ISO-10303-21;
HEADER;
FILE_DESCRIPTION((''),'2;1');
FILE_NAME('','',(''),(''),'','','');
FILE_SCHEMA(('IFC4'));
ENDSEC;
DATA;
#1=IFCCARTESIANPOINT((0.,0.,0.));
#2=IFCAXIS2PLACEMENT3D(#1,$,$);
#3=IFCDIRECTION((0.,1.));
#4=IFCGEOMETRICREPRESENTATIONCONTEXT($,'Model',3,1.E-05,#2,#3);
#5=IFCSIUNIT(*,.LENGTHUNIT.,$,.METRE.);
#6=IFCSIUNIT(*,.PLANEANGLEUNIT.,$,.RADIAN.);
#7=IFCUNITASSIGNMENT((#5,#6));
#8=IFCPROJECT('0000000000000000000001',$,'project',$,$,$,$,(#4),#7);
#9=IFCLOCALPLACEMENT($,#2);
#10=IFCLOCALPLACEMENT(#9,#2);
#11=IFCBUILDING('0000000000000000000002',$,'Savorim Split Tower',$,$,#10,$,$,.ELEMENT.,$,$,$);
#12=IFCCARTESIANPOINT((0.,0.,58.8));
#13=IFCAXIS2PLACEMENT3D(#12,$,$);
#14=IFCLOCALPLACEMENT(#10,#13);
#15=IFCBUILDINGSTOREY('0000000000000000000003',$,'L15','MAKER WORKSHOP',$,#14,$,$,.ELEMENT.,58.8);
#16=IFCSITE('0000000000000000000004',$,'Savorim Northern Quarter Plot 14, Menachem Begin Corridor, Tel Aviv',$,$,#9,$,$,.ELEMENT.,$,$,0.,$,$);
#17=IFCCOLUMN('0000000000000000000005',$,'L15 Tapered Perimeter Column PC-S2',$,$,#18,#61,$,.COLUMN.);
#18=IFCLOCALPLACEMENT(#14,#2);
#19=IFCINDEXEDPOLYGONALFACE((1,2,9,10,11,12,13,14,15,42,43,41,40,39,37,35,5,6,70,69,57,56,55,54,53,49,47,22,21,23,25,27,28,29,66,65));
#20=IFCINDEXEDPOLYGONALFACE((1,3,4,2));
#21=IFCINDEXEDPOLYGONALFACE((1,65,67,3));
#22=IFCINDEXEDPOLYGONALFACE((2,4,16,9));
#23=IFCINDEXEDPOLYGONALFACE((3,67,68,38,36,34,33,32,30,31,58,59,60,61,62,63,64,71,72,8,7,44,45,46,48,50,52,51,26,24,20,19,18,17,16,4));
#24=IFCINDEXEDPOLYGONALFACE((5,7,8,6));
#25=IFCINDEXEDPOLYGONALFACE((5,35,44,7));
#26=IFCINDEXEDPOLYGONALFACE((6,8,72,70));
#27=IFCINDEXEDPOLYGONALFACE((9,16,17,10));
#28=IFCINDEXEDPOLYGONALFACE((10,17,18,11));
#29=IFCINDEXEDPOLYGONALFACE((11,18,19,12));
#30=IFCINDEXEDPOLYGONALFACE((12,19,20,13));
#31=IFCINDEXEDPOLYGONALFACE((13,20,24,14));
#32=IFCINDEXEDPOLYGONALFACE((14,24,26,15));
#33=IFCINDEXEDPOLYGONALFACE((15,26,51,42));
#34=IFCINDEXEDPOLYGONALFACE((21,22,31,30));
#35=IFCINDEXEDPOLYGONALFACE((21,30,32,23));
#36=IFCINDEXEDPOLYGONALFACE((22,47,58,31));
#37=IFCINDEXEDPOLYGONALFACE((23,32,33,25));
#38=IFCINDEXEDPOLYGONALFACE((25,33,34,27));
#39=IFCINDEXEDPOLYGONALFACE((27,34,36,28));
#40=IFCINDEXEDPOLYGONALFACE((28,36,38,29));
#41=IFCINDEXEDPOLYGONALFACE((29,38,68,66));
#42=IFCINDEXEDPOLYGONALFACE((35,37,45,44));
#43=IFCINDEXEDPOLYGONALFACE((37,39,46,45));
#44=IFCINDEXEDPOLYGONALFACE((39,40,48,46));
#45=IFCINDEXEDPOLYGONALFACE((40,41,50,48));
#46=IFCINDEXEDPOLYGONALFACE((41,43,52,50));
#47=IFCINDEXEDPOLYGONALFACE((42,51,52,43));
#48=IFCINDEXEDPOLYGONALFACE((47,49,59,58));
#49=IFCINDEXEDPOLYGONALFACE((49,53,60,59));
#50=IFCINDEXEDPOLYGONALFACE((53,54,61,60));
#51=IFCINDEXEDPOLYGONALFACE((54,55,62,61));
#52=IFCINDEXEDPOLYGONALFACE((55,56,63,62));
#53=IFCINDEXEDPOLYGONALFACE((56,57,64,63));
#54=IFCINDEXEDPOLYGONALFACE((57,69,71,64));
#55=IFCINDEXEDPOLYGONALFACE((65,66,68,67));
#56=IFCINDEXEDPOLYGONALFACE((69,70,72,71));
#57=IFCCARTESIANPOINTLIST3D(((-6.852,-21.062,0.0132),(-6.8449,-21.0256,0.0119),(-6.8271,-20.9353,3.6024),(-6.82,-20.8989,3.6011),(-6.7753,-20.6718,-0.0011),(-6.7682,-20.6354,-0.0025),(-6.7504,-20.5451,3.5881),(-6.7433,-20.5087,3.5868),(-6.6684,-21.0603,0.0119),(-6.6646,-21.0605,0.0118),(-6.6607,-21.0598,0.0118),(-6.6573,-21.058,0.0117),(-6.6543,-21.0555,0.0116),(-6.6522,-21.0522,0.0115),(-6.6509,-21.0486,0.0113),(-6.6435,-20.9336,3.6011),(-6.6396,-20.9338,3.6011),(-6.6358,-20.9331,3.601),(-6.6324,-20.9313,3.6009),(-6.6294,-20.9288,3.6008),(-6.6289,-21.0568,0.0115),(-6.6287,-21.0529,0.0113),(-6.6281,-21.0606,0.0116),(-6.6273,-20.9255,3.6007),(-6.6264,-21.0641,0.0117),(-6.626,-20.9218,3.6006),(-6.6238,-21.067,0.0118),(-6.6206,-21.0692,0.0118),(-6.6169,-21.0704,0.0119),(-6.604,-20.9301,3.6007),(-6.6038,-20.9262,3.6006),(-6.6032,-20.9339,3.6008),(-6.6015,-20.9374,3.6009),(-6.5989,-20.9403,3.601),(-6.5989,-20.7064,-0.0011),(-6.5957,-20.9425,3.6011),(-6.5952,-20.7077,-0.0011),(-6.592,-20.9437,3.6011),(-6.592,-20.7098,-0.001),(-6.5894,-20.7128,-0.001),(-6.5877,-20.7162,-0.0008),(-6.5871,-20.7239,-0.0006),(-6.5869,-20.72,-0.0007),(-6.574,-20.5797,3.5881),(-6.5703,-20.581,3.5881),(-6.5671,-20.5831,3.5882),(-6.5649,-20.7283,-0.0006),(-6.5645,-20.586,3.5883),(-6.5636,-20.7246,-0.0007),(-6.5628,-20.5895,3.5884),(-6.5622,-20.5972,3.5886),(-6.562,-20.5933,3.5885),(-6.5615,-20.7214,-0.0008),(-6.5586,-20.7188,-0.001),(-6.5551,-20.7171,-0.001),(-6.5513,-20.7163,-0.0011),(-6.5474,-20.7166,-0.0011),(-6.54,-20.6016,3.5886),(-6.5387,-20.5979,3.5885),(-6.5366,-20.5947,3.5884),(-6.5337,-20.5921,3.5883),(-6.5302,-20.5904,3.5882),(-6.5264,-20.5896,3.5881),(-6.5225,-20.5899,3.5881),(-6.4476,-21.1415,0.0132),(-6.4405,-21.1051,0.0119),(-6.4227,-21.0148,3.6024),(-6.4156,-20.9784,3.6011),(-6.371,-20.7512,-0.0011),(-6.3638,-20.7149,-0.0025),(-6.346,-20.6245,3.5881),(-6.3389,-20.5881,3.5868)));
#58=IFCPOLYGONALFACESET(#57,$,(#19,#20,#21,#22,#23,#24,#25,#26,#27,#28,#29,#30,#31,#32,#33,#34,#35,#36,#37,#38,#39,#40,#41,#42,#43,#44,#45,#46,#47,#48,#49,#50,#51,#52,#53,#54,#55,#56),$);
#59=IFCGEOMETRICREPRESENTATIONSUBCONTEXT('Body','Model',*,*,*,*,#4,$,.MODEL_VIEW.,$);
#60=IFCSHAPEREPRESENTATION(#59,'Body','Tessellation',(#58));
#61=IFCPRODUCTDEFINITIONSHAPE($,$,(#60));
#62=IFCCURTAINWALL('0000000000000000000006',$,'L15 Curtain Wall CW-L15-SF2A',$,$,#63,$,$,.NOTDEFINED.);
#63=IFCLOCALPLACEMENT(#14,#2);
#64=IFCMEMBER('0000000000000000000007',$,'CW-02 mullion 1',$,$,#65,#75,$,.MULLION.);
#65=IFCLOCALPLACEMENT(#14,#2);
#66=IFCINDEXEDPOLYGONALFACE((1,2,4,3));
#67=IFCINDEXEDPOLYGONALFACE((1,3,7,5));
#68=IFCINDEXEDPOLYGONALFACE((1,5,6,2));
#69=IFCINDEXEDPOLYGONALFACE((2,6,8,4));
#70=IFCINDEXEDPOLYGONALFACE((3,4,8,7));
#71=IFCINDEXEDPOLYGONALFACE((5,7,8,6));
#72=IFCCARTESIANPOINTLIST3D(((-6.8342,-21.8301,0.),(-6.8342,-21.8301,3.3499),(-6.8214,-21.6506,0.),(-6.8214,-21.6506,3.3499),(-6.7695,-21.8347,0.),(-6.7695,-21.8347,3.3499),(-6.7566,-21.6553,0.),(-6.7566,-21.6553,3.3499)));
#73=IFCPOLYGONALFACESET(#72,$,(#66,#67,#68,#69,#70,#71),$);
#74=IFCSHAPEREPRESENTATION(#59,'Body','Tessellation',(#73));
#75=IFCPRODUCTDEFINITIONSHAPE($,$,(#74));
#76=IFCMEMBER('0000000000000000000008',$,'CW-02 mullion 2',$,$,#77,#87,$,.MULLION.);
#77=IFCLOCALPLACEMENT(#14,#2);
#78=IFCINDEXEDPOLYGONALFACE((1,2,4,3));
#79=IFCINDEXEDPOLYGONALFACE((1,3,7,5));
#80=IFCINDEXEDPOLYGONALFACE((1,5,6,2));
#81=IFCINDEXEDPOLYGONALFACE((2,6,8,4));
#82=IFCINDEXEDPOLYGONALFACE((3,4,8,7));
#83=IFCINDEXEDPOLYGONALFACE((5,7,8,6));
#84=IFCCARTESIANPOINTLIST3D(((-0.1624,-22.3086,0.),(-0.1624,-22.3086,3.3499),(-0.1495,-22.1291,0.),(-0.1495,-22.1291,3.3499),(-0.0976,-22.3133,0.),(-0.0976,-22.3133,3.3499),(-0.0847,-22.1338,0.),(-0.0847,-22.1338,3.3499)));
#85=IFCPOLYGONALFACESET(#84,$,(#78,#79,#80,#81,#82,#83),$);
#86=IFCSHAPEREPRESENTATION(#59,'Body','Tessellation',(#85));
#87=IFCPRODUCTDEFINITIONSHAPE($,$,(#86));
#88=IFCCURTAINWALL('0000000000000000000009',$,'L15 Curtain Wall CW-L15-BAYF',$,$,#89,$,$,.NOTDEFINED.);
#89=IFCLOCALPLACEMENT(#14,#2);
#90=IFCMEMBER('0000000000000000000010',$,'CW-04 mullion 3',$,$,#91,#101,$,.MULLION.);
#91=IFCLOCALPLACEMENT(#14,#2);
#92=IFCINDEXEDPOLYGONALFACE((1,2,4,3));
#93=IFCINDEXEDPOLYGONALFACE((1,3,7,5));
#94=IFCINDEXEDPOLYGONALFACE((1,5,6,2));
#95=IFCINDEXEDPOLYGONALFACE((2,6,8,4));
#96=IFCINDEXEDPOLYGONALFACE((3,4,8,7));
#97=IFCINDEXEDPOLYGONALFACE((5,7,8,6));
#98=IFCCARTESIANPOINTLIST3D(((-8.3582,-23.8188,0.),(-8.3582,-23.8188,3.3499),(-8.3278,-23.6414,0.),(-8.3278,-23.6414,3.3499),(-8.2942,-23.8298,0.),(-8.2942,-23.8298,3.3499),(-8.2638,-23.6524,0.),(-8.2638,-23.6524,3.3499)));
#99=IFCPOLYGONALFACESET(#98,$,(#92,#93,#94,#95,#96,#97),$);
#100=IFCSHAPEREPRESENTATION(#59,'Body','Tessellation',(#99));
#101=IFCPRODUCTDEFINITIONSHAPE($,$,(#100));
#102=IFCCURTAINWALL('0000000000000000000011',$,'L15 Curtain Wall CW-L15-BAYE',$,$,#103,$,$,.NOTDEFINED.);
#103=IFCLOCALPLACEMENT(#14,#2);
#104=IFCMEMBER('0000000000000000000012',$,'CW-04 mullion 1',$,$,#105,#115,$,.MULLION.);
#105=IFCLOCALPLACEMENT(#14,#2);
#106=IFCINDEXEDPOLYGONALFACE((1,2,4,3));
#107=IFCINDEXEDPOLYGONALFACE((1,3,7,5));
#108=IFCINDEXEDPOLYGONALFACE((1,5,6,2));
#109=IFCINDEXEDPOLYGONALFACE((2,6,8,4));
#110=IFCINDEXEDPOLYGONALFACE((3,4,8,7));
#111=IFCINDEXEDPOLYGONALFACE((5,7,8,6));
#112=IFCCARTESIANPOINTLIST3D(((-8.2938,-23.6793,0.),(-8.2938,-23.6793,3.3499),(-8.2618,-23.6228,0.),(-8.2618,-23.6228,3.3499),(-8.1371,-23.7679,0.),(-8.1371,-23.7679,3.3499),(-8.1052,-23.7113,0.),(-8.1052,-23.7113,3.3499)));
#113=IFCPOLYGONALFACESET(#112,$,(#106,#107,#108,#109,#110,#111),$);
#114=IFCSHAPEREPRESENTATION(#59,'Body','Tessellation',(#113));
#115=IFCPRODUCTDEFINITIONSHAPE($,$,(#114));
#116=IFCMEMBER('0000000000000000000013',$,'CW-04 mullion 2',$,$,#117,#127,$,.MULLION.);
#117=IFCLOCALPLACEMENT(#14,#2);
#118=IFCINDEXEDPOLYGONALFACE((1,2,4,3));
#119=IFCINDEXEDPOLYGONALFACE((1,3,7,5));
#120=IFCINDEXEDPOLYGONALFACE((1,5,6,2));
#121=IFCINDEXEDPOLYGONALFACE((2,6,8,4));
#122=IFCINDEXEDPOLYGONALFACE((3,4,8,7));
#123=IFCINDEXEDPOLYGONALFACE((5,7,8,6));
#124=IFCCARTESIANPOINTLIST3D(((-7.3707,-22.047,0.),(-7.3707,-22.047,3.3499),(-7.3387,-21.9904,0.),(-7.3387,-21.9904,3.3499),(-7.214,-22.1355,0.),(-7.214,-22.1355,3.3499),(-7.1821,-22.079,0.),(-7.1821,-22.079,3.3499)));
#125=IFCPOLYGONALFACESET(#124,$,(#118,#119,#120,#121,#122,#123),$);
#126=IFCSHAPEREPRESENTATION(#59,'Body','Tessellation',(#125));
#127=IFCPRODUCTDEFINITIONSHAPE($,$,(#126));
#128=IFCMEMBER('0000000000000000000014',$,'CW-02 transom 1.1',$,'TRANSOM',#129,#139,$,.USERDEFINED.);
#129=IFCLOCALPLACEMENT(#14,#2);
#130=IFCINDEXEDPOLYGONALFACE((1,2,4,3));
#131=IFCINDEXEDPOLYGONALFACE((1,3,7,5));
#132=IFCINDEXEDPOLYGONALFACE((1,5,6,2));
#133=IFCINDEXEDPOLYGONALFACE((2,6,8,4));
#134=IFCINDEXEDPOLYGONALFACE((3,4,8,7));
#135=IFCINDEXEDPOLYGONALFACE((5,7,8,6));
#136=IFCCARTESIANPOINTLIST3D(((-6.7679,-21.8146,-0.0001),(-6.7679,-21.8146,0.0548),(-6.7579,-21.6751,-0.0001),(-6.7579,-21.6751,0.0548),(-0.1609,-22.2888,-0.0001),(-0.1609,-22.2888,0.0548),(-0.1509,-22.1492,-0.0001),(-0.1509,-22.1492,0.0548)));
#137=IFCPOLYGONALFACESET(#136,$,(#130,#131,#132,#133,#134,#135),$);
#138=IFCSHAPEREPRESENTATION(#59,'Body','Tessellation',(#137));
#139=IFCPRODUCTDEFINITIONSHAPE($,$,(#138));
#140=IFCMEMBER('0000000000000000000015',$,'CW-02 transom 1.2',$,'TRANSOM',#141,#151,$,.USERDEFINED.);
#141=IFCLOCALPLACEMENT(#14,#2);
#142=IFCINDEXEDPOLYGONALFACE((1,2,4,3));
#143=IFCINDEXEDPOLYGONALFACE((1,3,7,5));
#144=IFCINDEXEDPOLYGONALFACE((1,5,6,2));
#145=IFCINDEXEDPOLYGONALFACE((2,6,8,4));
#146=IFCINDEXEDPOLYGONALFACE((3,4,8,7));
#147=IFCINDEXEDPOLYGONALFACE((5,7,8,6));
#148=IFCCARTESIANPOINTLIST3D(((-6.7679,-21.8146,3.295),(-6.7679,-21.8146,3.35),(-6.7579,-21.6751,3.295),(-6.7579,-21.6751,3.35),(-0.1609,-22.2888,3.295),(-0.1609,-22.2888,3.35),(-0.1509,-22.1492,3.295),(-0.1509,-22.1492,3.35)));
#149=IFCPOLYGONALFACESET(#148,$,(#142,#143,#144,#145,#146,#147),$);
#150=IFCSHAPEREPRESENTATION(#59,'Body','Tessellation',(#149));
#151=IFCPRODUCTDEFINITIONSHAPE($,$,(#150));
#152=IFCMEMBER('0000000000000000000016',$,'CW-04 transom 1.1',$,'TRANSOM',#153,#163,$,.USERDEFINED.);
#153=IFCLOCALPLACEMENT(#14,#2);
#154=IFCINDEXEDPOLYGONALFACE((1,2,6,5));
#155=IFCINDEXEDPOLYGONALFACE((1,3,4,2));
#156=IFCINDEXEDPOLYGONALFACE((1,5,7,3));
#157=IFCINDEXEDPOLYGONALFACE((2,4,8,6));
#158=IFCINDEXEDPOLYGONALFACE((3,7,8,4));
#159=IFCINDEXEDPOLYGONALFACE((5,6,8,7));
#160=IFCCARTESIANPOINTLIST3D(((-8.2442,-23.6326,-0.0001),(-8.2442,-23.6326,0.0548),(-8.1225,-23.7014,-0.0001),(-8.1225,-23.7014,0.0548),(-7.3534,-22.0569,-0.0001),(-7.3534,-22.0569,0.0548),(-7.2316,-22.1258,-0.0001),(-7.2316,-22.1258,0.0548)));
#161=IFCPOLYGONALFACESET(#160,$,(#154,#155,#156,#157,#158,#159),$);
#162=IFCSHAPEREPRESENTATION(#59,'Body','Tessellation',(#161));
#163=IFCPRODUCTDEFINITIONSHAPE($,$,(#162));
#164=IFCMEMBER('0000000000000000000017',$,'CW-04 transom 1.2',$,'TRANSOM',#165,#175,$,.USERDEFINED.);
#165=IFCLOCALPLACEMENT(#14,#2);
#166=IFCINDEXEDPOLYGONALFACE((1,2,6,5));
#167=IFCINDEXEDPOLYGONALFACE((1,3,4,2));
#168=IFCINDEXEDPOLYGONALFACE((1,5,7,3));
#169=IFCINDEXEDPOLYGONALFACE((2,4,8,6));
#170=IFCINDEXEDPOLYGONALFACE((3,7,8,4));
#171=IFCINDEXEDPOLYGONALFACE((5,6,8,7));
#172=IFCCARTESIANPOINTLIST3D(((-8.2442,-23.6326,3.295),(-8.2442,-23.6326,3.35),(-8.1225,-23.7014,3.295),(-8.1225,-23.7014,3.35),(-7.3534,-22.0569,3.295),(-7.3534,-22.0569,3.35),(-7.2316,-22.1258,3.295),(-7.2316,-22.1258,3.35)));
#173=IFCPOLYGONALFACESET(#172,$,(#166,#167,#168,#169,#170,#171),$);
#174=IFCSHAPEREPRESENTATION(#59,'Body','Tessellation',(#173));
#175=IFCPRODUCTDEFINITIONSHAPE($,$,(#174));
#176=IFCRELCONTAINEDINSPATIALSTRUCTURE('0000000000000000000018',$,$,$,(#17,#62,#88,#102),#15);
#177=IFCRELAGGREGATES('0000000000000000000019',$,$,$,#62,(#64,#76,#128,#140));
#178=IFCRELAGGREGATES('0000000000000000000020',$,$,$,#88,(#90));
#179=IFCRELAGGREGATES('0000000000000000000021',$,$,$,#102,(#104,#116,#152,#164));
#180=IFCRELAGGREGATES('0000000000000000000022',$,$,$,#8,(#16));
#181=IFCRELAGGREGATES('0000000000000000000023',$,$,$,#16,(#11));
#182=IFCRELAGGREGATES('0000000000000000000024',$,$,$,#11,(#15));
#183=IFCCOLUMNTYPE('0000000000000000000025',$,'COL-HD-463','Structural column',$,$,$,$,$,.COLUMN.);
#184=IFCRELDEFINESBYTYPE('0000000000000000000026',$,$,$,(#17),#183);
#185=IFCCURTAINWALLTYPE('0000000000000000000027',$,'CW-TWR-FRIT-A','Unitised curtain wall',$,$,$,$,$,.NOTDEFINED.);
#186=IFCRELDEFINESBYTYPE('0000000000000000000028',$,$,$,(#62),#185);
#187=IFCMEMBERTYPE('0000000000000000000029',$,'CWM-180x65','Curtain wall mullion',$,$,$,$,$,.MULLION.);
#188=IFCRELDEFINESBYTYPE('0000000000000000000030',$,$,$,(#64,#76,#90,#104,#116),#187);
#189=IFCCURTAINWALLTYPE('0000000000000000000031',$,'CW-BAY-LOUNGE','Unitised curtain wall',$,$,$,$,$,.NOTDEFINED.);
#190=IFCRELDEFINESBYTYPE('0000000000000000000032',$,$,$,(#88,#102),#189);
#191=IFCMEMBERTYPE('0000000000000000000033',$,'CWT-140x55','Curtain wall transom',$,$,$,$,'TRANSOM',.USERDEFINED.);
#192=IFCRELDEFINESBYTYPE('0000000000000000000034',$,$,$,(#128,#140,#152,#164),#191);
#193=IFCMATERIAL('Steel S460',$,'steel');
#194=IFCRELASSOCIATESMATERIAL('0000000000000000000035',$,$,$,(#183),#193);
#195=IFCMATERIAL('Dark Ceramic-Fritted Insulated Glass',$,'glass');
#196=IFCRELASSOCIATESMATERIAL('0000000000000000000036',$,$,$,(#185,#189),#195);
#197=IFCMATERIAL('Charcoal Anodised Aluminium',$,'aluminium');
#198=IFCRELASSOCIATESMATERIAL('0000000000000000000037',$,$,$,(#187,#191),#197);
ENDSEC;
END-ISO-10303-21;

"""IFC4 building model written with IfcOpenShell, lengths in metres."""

from ifc_helpers import new_model, si_unit, direction, frame, origin, origin_2d, place, context, subcontext, project, spatial, rectangle, i_section, extrude, material, material_profile, profile_set, type_object, element, aggregate, save


model = new_model("IFC4")

# Units and contexts
model_context = context("Model", 3, precision=1e-05, world=origin(), true_north=direction((0.0, 1.0)))
body_context = subcontext(model_context, "Body", "Model", "MODEL_VIEW")
ifc_project = project(units=[si_unit("LENGTHUNIT", "METRE"), si_unit("PLANEANGLEUNIT", "RADIAN")], contexts=[model_context])

# Site, building, storey
site_placement = place(None, origin())
site = spatial("IfcSite", under=ifc_project, at=site_placement, Name="Savorim Northern Quarter Plot 14, Menachem Begin Corridor, Tel Aviv", CompositionType="ELEMENT", RefElevation=0.0)
building_placement = place(site_placement, origin())
building = spatial("IfcBuilding", under=site, at=building_placement, Name="Savorim Split Tower", CompositionType="ELEMENT")
storey_placement = place(building_placement, frame((0.0, 0.0, 58.8)))
storey = spatial("IfcBuildingStorey", under=building, at=storey_placement, Name="L15", Description="MAKER WORKSHOP", CompositionType="ELEMENT", Elevation=58.8)

# Column
ifc_material_1 = material(Name="Steel S460", Category="steel")
ifc_material_profile_1 = material_profile(ifc_material_1, i_section(OverallWidth=0.4121, OverallDepth=0.4351, WebThickness=0.0227, FlangeThickness=0.0371, FilletRadius=0.0149, at=origin_2d()), Name="HD 400x463")
ifc_profile_set_1 = profile_set([ifc_material_profile_1], Name="Steel S460")
column_type = type_object("IfcColumnType", Name="COL-HD-463", Description="Structural column", PredefinedType="COLUMN", material=ifc_profile_set_1)
column_placement = place(storey_placement, frame((-6.6079, -20.8884, 0.0054), z_axis=(0.006934, 0.035281, 0.999353), x_axis=(-0.98123, 0.192843, 0.0)))
element("IfcColumn", 1, at=column_placement, inside=storey, type_object=column_type, Name="L15 Tapered Perimeter Column PC-S2", PredefinedType="COLUMN", context=body_context, shape_type="SweptSolid", body=[
    extrude(i_section(OverallWidth=0.4121, OverallDepth=0.4351, WebThickness=0.0227, FlangeThickness=0.0371, FilletRadius=0.0149, at=origin_2d()), origin(), (0.0, 0.0, 1.0), 3.5916),
])

# Curtain wall, members
ifc_material_2 = material(Name="Dark Ceramic-Fritted Insulated Glass", Category="glass")
curtain_wall_type_1 = type_object("IfcCurtainWallType", Name="CW-TWR-FRIT-A", Description="Unitised curtain wall", PredefinedType="NOTDEFINED", material=ifc_material_2)
curtain_wall_1_placement = place(storey_placement, origin())
curtain_wall_1 = element("IfcCurtainWall", 2, at=curtain_wall_1_placement, inside=storey, type_object=curtain_wall_type_1, Name="L15 Curtain Wall CW-L15-SF2A", PredefinedType="NOTDEFINED")
ifc_material_3 = material(Name="Charcoal Anodised Aluminium", Category="aluminium")
ifc_material_profile_2 = material_profile(ifc_material_3, rectangle(XDim=0.1799, YDim=0.0649, at=origin_2d()), Name="ALU-M 180x65")
ifc_profile_set_2 = profile_set([ifc_material_profile_2], Name="Charcoal Anodised Aluminium")
member_type_1 = type_object("IfcMemberType", Name="CWM-180x65", Description="Curtain wall mullion", PredefinedType="MULLION", material=ifc_profile_set_2)
member_1_placement = place(storey_placement, frame((-6.7954, -21.7427, 0.0), z_axis=(0.0, 0.0, 1.0), x_axis=(0.071559, 0.997436, 0.0)))
member_1 = element("IfcMember", 3, at=member_1_placement, type_object=member_type_1, Name="CW-02 mullion 1", PredefinedType="MULLION", context=body_context, shape_type="SweptSolid", body=[
    extrude(rectangle(XDim=0.1799, YDim=0.0649, at=origin_2d()), origin(), (0.0, 0.0, 1.0), 3.3499),
])
member_2_placement = place(storey_placement, frame((-0.1235, -22.2212, 0.0), z_axis=(0.0, 0.0, 1.0), x_axis=(0.071559, 0.997436, 0.0)))
member_2 = element("IfcMember", 4, at=member_2_placement, type_object=member_type_1, Name="CW-02 mullion 2", PredefinedType="MULLION", context=body_context, shape_type="SweptSolid", body=[
    extrude(rectangle(XDim=0.1799, YDim=0.0649, at=origin_2d()), origin(), (0.0, 0.0, 1.0), 3.3499),
])

# Curtain wall, member
curtain_wall_type_2 = type_object("IfcCurtainWallType", Name="CW-BAY-LOUNGE", Description="Unitised curtain wall", PredefinedType="NOTDEFINED", material=ifc_material_2)
curtain_wall_2_placement = place(storey_placement, origin())
curtain_wall_2 = element("IfcCurtainWall", 5, at=curtain_wall_2_placement, inside=storey, type_object=curtain_wall_type_2, Name="L15 Curtain Wall CW-L15-BAYF", PredefinedType="NOTDEFINED")
member_3_placement = place(storey_placement, frame((-8.311, -23.7356, 0.0), z_axis=(0.0, 0.0, 1.0), x_axis=(0.168923, 0.985629, 0.0)))
member_3 = element("IfcMember", 6, at=member_3_placement, type_object=member_type_1, Name="CW-04 mullion 3", PredefinedType="MULLION", context=body_context, shape_type="SweptSolid", body=[
    extrude(rectangle(XDim=0.1799, YDim=0.0649, at=origin_2d()), origin(), (0.0, 0.0, 1.0), 3.3499),
])

# Curtain wall, members
curtain_wall_3_placement = place(storey_placement, origin())
curtain_wall_3 = element("IfcCurtainWall", 7, at=curtain_wall_3_placement, inside=storey, type_object=curtain_wall_type_2, Name="L15 Curtain Wall CW-L15-BAYE", PredefinedType="NOTDEFINED")
member_4_placement = place(storey_placement, frame((-8.1995, -23.6953, 0.0), z_axis=(0.0, 0.0, 1.0), x_axis=(-0.870449, 0.492259, 0.0)))
member_4 = element("IfcMember", 8, at=member_4_placement, type_object=member_type_1, Name="CW-04 mullion 1", PredefinedType="MULLION", context=body_context, shape_type="SweptSolid", body=[
    extrude(rectangle(XDim=0.1799, YDim=0.0649, at=origin_2d()), origin(), (0.0, 0.0, 1.0), 3.3499),
])
member_5_placement = place(storey_placement, frame((-7.2764, -22.063, 0.0), z_axis=(0.0, 0.0, 1.0), x_axis=(-0.870449, 0.492259, 0.0)))
member_5 = element("IfcMember", 9, at=member_5_placement, type_object=member_type_1, Name="CW-04 mullion 2", PredefinedType="MULLION", context=body_context, shape_type="SweptSolid", body=[
    extrude(rectangle(XDim=0.1799, YDim=0.0649, at=origin_2d()), origin(), (0.0, 0.0, 1.0), 3.3499),
])

# Members
ifc_material_profile_3 = material_profile(ifc_material_3, rectangle(XDim=0.1399, YDim=0.0549, at=origin_2d()), Name="ALU-T 140x55")
ifc_profile_set_3 = profile_set([ifc_material_profile_3], Name="Charcoal Anodised Aluminium")
member_type_2 = type_object("IfcMemberType", Name="CWT-140x55", Description="Curtain wall transom", ElementType="TRANSOM", PredefinedType="USERDEFINED", material=ifc_profile_set_3)
member_6_placement = place(storey_placement, frame((-6.7629, -21.7449, 0.0273), z_axis=(0.997435, -0.071577, 0.0), x_axis=(0.071577, 0.997435, 0.0)))
member_6 = element("IfcMember", 10, at=member_6_placement, type_object=member_type_2, Name="CW-02 transom 1.1", ObjectType="TRANSOM", PredefinedType="USERDEFINED", context=body_context, shape_type="SweptSolid", body=[
    extrude(rectangle(XDim=0.1399, YDim=0.0549, at=origin_2d()), origin(), (0.0, 0.0, 1.0), 6.624),
])
member_7_placement = place(storey_placement, frame((-6.7629, -21.7449, 3.3225), z_axis=(0.997435, -0.071577, 0.0), x_axis=(0.071577, 0.997435, 0.0)))
member_7 = element("IfcMember", 11, at=member_7_placement, type_object=member_type_2, Name="CW-02 transom 1.2", ObjectType="TRANSOM", PredefinedType="USERDEFINED", context=body_context, shape_type="SweptSolid", body=[
    extrude(rectangle(XDim=0.1399, YDim=0.0549, at=origin_2d()), origin(), (0.0, 0.0, 1.0), 6.624),
])
member_8_placement = place(storey_placement, frame((-8.1833, -23.667, 0.0273), z_axis=(0.492168, 0.8705, 0.0), x_axis=(-0.8705, 0.492168, 0.0)))
member_8 = element("IfcMember", 12, at=member_8_placement, type_object=member_type_2, Name="CW-04 transom 1.1", ObjectType="TRANSOM", PredefinedType="USERDEFINED", context=body_context, shape_type="SweptSolid", body=[
    extrude(rectangle(XDim=0.1399, YDim=0.0549, at=origin_2d()), origin(), (0.0, 0.0, 1.0), 1.8101),
])
member_9_placement = place(storey_placement, frame((-8.1833, -23.667, 3.3225), z_axis=(0.492168, 0.8705, 0.0), x_axis=(-0.8705, 0.492168, 0.0)))
member_9 = element("IfcMember", 13, at=member_9_placement, type_object=member_type_2, Name="CW-04 transom 1.2", ObjectType="TRANSOM", PredefinedType="USERDEFINED", context=body_context, shape_type="SweptSolid", body=[
    extrude(rectangle(XDim=0.1399, YDim=0.0549, at=origin_2d()), origin(), (0.0, 0.0, 1.0), 1.8101),
])

aggregate(curtain_wall_1, [member_1, member_2, member_6, member_7])
aggregate(curtain_wall_2, [member_3])
aggregate(curtain_wall_3, [member_4, member_5, member_8, member_9])

save(model, "model.ifc")
